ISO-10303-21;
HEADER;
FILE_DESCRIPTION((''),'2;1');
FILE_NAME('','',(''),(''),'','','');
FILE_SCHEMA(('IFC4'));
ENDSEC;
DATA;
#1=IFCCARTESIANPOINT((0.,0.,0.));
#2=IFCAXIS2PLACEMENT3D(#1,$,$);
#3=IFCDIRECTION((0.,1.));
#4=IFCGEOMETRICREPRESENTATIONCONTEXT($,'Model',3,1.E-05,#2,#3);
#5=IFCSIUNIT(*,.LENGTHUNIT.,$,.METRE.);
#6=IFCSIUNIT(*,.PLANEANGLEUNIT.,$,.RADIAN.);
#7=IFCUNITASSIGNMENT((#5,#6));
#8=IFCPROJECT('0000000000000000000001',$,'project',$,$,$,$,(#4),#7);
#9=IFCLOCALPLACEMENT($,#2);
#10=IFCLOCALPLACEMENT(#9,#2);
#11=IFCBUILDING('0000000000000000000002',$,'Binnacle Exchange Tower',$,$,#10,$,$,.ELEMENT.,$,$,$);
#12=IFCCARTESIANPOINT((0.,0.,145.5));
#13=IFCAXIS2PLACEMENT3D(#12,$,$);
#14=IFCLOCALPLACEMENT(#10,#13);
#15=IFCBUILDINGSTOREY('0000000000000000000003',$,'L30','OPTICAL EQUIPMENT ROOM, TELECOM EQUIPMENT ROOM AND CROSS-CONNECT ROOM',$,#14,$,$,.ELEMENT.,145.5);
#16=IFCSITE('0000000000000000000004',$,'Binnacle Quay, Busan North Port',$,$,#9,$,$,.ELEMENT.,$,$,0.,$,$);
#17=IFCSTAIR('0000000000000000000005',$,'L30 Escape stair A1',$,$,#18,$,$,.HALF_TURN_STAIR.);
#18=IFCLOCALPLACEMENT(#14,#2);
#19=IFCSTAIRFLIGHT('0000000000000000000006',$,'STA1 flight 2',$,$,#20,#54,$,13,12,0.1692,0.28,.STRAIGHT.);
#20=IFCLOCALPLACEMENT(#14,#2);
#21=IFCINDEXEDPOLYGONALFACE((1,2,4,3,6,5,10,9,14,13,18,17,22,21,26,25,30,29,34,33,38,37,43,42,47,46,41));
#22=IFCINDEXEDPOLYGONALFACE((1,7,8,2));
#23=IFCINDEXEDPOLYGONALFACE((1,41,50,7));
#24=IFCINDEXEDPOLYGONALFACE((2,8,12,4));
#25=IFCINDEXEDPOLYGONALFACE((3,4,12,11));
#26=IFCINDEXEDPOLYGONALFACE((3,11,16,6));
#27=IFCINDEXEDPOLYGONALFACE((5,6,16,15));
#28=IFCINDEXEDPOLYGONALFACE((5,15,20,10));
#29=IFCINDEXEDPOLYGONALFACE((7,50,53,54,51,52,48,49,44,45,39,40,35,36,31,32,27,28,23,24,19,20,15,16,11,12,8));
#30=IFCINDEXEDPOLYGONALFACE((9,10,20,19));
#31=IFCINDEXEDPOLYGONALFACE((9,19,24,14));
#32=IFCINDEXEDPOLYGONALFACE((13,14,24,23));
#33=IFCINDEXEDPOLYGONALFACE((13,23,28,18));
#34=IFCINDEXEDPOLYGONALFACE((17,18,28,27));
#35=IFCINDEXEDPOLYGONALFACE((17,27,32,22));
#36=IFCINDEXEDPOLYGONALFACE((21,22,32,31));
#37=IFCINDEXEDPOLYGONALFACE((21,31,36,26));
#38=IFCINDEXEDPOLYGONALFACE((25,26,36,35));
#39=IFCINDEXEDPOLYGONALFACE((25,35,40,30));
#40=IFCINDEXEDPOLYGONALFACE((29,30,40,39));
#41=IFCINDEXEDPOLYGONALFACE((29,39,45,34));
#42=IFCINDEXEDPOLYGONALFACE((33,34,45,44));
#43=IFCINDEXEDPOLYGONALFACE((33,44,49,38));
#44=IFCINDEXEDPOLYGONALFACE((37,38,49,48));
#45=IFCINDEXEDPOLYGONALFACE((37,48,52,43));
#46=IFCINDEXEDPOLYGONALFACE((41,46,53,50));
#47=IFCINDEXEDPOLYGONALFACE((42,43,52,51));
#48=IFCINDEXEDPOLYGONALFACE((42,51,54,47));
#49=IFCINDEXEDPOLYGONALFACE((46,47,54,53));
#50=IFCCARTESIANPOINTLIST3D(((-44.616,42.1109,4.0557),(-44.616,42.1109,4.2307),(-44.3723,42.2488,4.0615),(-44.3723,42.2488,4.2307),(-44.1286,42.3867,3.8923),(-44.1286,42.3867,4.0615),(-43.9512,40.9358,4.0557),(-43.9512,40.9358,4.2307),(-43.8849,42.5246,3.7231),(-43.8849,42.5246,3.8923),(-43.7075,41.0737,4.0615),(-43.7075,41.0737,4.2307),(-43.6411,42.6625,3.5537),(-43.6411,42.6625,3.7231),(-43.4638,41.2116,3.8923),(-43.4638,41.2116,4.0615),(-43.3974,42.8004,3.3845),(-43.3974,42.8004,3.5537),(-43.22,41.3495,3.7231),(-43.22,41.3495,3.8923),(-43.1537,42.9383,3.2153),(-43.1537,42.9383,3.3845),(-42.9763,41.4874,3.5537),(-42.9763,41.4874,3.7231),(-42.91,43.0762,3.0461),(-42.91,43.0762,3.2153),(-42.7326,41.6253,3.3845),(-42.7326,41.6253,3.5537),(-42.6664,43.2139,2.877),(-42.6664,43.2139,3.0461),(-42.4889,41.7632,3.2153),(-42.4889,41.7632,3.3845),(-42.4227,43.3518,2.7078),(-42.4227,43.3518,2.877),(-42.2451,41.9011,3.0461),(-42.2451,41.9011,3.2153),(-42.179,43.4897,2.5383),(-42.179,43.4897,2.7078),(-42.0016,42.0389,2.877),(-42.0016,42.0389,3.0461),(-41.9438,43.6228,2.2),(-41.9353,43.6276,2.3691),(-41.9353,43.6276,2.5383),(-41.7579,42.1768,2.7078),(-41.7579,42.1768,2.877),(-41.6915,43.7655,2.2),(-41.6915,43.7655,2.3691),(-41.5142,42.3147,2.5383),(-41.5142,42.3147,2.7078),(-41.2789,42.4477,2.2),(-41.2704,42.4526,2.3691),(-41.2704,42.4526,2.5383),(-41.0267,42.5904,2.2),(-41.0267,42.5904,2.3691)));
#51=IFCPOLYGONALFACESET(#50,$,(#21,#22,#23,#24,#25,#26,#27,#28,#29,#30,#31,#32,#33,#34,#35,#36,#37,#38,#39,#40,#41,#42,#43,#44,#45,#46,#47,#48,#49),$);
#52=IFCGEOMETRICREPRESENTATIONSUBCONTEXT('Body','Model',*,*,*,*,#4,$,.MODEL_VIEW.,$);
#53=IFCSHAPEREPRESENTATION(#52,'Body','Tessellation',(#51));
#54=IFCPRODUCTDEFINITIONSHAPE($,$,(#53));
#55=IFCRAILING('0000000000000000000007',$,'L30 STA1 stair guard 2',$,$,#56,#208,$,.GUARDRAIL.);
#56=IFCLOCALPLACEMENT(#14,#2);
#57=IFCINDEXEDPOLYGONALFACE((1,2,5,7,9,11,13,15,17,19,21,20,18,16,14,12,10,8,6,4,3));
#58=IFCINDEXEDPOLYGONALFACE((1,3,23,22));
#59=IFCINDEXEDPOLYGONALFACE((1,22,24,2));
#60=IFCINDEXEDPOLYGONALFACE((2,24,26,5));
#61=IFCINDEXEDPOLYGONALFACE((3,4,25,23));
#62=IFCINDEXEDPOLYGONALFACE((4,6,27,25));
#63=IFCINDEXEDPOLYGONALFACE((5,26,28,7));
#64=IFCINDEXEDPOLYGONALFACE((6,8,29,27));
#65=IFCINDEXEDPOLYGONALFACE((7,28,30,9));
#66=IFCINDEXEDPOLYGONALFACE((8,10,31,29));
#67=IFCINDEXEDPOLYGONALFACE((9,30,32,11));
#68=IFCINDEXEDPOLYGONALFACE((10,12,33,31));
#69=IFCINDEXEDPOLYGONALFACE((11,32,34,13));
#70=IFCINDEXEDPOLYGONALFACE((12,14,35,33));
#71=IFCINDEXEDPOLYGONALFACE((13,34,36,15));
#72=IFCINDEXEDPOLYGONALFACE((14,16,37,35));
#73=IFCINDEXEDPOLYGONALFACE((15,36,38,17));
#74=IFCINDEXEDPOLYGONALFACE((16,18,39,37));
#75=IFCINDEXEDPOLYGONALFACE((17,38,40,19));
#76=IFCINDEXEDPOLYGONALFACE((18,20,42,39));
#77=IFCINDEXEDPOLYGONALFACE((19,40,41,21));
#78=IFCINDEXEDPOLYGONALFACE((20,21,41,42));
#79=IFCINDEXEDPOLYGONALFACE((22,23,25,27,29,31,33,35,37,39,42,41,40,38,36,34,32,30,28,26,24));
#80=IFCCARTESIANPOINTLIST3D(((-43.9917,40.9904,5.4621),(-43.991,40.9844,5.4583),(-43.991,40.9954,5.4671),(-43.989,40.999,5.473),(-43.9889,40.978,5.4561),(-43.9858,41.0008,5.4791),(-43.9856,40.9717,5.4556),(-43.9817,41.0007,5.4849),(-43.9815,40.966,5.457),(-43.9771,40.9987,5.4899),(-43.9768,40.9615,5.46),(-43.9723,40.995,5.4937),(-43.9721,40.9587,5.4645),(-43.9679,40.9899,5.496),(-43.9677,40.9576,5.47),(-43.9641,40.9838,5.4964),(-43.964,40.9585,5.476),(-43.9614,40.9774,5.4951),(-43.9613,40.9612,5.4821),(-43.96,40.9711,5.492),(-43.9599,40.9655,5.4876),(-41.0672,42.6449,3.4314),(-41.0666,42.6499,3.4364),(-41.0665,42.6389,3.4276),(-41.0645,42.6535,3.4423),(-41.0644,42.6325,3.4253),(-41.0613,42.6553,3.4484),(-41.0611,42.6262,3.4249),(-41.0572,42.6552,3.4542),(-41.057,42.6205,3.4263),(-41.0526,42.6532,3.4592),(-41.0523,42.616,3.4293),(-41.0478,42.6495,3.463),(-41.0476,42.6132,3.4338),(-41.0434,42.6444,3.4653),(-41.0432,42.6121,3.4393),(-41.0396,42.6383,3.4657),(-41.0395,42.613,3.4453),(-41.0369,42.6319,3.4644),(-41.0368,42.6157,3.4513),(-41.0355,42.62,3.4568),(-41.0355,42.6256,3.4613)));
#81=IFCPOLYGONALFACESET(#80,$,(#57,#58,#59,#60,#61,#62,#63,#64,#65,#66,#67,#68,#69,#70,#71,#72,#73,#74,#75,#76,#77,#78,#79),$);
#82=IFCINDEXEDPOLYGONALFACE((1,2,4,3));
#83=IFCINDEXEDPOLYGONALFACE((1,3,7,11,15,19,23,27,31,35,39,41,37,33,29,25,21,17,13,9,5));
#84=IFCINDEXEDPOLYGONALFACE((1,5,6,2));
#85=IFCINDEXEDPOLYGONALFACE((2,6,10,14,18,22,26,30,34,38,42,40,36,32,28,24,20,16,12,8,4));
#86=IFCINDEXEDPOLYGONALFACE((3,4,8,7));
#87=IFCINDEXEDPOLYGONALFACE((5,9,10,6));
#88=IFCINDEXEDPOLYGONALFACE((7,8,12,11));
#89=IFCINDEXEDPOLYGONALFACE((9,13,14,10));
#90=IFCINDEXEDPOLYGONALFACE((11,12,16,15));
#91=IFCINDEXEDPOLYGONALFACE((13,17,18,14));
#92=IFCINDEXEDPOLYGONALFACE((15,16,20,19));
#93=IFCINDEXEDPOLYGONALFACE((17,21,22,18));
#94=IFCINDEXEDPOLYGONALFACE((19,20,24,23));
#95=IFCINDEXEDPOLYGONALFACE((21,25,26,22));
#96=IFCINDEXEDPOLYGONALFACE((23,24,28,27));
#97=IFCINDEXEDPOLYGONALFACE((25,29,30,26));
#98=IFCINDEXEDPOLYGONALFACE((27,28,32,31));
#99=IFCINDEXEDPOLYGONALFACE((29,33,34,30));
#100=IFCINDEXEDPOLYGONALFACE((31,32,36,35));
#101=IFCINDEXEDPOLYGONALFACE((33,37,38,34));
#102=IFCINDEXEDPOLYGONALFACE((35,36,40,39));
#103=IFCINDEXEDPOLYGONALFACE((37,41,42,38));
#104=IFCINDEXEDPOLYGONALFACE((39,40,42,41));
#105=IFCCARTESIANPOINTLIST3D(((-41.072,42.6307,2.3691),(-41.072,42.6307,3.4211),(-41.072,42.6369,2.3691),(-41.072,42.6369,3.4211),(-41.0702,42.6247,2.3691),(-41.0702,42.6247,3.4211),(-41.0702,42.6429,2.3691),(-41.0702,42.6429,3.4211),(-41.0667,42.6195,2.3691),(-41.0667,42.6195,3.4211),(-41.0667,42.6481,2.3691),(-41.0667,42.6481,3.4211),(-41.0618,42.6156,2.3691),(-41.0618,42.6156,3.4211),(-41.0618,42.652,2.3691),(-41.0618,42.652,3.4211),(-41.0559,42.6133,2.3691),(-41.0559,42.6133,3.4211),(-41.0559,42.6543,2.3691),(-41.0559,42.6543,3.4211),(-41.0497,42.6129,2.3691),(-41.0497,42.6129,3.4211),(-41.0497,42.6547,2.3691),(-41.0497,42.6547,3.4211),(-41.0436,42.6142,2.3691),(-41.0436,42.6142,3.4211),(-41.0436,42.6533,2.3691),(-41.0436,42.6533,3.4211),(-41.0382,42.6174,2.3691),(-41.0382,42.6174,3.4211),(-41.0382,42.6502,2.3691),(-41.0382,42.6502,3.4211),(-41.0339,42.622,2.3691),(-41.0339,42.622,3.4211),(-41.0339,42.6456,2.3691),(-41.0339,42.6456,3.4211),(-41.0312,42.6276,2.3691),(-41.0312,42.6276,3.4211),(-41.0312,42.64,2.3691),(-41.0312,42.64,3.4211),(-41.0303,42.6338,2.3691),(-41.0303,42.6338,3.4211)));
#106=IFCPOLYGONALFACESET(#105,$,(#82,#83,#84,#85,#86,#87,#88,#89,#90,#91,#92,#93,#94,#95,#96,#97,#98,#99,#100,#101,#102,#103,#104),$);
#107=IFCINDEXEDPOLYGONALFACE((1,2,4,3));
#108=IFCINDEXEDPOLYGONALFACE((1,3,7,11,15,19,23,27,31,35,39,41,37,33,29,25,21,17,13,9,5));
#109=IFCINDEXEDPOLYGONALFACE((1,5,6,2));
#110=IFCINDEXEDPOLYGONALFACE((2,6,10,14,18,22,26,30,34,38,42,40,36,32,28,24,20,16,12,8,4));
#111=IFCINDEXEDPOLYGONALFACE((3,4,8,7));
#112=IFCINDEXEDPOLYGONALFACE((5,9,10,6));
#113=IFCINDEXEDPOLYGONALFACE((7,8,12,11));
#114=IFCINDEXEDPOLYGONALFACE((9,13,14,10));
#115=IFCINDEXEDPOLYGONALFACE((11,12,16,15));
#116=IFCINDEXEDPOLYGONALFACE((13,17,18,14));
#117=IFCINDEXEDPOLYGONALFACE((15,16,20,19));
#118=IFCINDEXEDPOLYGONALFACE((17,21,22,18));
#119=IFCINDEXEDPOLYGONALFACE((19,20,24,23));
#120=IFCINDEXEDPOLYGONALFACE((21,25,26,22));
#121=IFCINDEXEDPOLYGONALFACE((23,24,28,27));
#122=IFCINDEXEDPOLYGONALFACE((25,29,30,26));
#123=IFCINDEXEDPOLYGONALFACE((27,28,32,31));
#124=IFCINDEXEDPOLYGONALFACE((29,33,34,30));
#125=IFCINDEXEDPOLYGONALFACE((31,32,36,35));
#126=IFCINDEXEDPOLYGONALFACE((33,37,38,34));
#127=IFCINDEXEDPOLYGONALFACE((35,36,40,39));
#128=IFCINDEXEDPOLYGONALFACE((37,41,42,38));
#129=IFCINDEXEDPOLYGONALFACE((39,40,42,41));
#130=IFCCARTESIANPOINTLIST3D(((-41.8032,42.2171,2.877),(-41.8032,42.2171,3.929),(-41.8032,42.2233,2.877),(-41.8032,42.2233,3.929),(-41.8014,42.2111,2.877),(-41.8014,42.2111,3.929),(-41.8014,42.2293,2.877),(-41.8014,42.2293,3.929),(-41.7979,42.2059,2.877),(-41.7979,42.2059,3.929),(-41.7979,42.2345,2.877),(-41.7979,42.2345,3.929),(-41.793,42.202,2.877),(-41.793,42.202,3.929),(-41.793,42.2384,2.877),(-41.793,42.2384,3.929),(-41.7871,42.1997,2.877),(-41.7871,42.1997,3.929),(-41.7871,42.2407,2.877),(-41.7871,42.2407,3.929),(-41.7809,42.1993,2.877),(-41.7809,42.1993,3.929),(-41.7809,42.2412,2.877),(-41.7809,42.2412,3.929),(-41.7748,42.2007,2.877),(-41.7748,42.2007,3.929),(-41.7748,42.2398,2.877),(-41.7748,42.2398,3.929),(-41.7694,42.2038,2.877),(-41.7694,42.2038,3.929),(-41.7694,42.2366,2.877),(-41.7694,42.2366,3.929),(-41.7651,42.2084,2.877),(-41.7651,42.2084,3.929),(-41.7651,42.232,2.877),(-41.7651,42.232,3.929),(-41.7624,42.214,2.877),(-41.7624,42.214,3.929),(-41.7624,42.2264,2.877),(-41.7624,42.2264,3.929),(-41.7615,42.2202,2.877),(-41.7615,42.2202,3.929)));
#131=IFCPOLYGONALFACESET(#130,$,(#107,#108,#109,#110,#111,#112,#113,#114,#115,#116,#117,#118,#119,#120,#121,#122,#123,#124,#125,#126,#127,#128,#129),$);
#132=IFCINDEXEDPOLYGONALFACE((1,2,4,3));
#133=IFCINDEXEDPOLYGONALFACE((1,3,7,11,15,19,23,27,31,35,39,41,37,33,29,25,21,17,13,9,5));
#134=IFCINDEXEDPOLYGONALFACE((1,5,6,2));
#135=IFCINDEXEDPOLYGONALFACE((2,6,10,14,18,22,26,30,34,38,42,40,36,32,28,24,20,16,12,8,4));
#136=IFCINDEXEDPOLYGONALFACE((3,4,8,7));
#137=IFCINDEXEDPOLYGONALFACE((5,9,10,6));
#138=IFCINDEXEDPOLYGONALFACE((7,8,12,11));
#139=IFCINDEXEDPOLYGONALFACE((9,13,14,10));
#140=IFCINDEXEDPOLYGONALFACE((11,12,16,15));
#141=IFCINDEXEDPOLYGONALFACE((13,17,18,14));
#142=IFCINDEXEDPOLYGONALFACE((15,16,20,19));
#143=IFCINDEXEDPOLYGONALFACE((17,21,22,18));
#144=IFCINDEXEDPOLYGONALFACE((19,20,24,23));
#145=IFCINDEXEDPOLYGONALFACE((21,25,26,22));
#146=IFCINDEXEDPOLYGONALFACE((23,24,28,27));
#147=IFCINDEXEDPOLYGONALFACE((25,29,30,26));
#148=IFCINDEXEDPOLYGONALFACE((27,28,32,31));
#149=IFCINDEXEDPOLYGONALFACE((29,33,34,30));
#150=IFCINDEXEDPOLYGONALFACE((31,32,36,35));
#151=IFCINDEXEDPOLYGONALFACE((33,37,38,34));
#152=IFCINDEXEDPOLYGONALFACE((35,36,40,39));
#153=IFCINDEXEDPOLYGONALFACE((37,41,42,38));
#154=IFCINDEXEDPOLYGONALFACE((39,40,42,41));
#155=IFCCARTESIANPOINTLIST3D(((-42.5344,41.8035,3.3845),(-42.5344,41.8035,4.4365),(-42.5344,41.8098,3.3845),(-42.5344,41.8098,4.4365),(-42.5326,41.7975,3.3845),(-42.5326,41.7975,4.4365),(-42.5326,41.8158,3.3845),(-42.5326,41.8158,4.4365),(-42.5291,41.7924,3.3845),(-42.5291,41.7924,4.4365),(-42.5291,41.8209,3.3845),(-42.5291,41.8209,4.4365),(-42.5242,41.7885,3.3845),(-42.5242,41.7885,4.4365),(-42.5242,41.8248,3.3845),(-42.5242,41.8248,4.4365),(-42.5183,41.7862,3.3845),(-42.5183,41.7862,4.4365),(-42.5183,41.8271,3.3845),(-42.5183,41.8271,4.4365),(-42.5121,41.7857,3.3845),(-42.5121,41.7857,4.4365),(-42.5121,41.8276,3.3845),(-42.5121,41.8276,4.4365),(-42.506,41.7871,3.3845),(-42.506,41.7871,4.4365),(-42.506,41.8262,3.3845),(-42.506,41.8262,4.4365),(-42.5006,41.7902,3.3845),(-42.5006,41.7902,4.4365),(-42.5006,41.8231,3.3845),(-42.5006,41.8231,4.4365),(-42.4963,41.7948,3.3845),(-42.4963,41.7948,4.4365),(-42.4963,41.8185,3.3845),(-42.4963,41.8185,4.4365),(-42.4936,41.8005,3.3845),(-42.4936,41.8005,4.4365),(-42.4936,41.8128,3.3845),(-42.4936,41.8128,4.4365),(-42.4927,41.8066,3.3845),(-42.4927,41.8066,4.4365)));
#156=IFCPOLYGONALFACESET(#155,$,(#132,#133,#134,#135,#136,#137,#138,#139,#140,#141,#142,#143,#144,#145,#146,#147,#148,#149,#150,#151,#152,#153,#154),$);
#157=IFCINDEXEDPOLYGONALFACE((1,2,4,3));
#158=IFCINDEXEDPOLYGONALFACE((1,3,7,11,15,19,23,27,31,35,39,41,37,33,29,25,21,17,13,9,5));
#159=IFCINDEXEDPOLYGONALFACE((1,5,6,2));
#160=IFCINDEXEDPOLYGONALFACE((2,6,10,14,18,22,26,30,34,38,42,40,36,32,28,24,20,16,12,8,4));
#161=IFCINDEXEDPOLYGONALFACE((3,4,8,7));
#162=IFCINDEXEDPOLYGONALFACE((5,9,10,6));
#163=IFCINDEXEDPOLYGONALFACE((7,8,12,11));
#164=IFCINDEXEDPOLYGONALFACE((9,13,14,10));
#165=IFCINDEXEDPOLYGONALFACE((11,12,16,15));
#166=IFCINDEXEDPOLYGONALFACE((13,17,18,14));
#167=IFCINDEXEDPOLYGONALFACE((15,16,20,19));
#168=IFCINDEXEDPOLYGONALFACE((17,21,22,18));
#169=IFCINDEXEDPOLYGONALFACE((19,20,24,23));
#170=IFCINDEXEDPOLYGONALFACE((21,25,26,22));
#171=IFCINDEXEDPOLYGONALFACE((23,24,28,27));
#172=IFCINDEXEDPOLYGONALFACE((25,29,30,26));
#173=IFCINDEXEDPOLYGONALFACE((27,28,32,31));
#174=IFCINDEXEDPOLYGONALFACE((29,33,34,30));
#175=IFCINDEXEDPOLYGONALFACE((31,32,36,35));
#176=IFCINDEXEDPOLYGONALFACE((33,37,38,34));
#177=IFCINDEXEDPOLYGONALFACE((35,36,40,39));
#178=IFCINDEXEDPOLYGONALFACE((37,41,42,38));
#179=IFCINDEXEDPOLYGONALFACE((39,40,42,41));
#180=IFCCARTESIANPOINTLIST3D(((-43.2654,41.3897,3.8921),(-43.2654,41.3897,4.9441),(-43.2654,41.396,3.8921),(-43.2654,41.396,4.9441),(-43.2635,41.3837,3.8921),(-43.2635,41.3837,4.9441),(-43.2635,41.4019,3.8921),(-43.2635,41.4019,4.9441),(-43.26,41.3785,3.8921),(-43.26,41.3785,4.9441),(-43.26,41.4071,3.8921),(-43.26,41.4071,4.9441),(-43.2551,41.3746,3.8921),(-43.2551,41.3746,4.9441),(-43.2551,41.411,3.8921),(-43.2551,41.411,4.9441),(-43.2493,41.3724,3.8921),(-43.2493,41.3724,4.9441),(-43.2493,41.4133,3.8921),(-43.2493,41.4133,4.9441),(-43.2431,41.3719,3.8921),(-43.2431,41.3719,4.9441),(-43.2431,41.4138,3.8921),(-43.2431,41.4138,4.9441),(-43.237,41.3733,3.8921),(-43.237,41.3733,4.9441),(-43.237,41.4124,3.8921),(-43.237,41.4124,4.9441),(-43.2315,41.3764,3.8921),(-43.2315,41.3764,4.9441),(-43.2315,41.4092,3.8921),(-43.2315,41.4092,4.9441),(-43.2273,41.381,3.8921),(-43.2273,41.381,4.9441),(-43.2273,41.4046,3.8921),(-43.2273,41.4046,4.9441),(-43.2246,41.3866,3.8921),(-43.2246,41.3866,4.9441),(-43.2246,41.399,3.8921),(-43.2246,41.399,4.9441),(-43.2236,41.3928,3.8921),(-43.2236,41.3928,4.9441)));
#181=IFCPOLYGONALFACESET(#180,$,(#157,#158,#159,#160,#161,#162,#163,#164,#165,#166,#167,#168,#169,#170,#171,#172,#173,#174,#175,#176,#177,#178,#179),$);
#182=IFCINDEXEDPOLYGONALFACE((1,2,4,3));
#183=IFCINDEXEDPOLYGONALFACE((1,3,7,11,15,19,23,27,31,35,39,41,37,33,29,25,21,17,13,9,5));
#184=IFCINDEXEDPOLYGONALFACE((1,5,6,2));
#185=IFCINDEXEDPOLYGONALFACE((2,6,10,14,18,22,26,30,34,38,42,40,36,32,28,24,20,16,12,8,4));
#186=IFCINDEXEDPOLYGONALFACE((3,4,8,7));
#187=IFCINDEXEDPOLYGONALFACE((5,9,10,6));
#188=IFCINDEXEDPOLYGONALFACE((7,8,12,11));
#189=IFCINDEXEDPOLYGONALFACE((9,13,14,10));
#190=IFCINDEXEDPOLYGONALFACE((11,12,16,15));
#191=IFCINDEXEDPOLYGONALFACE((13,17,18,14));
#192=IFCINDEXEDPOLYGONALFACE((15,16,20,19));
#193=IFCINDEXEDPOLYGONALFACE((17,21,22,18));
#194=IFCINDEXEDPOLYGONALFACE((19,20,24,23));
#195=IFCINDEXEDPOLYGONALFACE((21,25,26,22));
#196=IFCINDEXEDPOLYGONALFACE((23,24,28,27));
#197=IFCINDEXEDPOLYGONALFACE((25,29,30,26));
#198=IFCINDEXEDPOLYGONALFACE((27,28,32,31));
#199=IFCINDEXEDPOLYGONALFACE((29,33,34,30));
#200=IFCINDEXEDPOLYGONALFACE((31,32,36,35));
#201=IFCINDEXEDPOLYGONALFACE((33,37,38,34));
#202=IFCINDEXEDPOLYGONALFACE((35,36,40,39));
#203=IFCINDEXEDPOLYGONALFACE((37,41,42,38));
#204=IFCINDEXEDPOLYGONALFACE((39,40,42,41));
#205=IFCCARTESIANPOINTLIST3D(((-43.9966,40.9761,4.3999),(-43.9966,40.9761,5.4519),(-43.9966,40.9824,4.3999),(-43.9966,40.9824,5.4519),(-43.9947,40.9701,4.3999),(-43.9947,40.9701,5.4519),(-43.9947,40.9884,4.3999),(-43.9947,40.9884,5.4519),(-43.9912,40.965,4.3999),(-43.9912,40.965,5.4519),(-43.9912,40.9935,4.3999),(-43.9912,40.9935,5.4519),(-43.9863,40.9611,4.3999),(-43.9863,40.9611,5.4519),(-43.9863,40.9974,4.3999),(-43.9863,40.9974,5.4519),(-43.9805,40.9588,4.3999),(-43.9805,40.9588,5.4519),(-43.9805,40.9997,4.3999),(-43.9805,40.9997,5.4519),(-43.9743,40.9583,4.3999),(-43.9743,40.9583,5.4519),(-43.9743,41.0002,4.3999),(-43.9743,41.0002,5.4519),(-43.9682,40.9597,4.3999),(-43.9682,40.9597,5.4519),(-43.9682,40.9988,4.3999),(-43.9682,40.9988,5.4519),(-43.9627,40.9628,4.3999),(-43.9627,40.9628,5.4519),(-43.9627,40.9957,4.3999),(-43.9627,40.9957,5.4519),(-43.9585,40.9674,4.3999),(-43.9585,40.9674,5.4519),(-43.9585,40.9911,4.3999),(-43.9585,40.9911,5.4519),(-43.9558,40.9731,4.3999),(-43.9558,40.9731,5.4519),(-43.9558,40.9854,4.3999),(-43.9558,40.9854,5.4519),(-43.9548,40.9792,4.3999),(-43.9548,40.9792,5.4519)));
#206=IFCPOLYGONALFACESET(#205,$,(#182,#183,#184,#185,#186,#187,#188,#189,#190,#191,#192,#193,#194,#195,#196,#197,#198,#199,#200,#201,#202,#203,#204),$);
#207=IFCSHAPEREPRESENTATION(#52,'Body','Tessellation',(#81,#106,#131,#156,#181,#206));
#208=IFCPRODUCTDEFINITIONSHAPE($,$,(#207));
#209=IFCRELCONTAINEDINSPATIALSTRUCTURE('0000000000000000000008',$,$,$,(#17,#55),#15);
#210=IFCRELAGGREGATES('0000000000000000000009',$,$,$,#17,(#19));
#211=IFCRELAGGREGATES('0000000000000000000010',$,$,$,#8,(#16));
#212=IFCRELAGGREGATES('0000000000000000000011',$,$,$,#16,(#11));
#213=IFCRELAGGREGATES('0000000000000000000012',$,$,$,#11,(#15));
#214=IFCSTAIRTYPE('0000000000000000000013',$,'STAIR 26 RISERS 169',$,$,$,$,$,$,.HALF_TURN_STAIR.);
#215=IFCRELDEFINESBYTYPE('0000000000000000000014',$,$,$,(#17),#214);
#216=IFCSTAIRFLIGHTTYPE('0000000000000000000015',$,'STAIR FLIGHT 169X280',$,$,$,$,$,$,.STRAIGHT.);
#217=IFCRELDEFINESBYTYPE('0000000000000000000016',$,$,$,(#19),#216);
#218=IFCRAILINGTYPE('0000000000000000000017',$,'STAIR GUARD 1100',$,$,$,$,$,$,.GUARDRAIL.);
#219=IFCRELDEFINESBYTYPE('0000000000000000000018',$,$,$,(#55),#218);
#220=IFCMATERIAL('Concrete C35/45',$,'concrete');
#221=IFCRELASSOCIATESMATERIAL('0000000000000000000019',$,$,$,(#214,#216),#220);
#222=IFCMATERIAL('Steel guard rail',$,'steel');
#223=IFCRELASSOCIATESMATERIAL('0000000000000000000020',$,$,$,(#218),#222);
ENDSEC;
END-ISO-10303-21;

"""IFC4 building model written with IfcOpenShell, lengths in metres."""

from ifc_helpers import new_model, si_unit, direction, frame, origin, origin_2d, place, context, subcontext, project, spatial, polyline, circle, outline, extrude, material, type_object, element, aggregate, save


model = new_model("IFC4")

# Units and contexts
model_context = context("Model", 3, precision=1e-05, world=origin(), true_north=direction((0.0, 1.0)))
body_context = subcontext(model_context, "Body", "Model", "MODEL_VIEW")
ifc_project = project(units=[si_unit("LENGTHUNIT", "METRE"), si_unit("PLANEANGLEUNIT", "RADIAN")], contexts=[model_context])

# Site, building, storey
site_placement = place(None, origin())
site = spatial("IfcSite", under=ifc_project, at=site_placement, Name="Binnacle Quay, Busan North Port", CompositionType="ELEMENT", RefElevation=0.0)
building_placement = place(site_placement, origin())
building = spatial("IfcBuilding", under=site, at=building_placement, Name="Binnacle Exchange Tower", CompositionType="ELEMENT")
storey_placement = place(building_placement, frame((0.0, 0.0, 145.5)))
storey = spatial("IfcBuildingStorey", under=building, at=storey_placement, Name="L30", Description="OPTICAL EQUIPMENT ROOM, TELECOM EQUIPMENT ROOM AND CROSS-CONNECT ROOM", CompositionType="ELEMENT", Elevation=145.5)

# Stair, stair flight
ifc_material_1 = material(Name="Concrete C35/45", Category="concrete")
stair_type = type_object("IfcStairType", Name="STAIR 26 RISERS 169", PredefinedType="HALF_TURN_STAIR", material=ifc_material_1)
stair_placement = place(storey_placement, origin())
stair = element("IfcStair", 1, at=stair_placement, inside=storey, type_object=stair_type, Name="L30 Escape stair A1", PredefinedType="HALF_TURN_STAIR")
stair_flight_type = type_object("IfcStairFlightType", Name="STAIR FLIGHT 169X280", PredefinedType="STRAIGHT", material=ifc_material_1)
stair_flight_1_placement = place(storey_placement, frame((-41.3591, 43.178, 2.2), z_axis=(0.0, 0.0, 1.0), x_axis=(-0.870356, -0.492424, 0.0)))
stair_flight_1 = element("IfcStairFlight", 2, at=stair_flight_1_placement, type_object=stair_flight_type, Name="STA1 flight 2", NumberOfRisers=13, NumberOfTreads=12, PredefinedType="STRAIGHT", RiserHeight=0.1692, TreadLength=0.28, context=body_context, shape_type="SweptSolid", body=[
    extrude(outline(polyline([(0.0, 0.0), (0.0, 0.1692), (0.28, 0.1692), (0.28, 0.3384), (0.5601, 0.3384), (0.5601, 0.5078), (0.8401, 0.5078), (0.8401, 0.677), (1.1201, 0.677), (1.1201, 0.8462), (1.3999, 0.8462), (1.3999, 1.0154), (1.6799, 1.0154), (1.6799, 1.1846), (1.96, 1.1846), (1.96, 1.3538), (2.24, 1.3538), (2.24, 1.5232), (2.52, 1.5232), (2.52, 1.6924), (2.8, 1.6924), (2.8, 1.8616), (3.0801, 1.8616), (3.0801, 2.0308), (3.3601, 2.0308), (3.3601, 2.2), (3.3601, 1.8557), (0.2898, 0.0), (0.0, 0.0)])), frame((0.0, 0.675, 0.0), z_axis=(0.0, -1.0, 0.0), x_axis=(1.0, 0.0, 0.0)), (0.0, 0.0, 1.0), 1.3501),
])
aggregate(stair, [stair_flight_1])

# Railing
ifc_material_2 = material(Name="Steel guard rail", Category="steel")
railing_type_1 = type_object("IfcRailingType", Name="STAIR GUARD 1100", PredefinedType="GUARDRAIL", material=ifc_material_2)
railing_1_placement = place(storey_placement, frame((-41.0513, 42.6338, 2.3691)))
element("IfcRailing", 3, at=railing_1_placement, inside=storey, type_object=railing_type_1, Name="L30 STA1 stair guard 2", PredefinedType="GUARDRAIL", context=body_context, shape_type="SweptSolid", body=[
    extrude(circle(Radius=0.0239, at=origin_2d()), frame((0.0, 0.0, 1.0762), z_axis=(-0.744895, -0.421417, 0.517242), x_axis=(0.492402, -0.870368, 0.0)), (0.0, 0.0, 1.0), 3.926),
    extrude(circle(Radius=0.021, at=origin_2d()), origin(), (0.0, 0.0, 1.0), 1.052),
    extrude(circle(Radius=0.021, at=origin_2d()), frame((-0.7312, -0.4136, 0.5078)), (0.0, 0.0, 1.0), 1.052),
    extrude(circle(Radius=0.021, at=origin_2d()), frame((-1.4624, -0.8271, 1.0154)), (0.0, 0.0, 1.0), 1.052),
    extrude(circle(Radius=0.021, at=origin_2d()), frame((-2.1934, -1.241, 1.5229)), (0.0, 0.0, 1.0), 1.052),
    extrude(circle(Radius=0.021, at=origin_2d()), frame((-2.9246, -1.6545, 2.0308)), (0.0, 0.0, 1.0), 1.052),
])

save(model, "model.ifc")
